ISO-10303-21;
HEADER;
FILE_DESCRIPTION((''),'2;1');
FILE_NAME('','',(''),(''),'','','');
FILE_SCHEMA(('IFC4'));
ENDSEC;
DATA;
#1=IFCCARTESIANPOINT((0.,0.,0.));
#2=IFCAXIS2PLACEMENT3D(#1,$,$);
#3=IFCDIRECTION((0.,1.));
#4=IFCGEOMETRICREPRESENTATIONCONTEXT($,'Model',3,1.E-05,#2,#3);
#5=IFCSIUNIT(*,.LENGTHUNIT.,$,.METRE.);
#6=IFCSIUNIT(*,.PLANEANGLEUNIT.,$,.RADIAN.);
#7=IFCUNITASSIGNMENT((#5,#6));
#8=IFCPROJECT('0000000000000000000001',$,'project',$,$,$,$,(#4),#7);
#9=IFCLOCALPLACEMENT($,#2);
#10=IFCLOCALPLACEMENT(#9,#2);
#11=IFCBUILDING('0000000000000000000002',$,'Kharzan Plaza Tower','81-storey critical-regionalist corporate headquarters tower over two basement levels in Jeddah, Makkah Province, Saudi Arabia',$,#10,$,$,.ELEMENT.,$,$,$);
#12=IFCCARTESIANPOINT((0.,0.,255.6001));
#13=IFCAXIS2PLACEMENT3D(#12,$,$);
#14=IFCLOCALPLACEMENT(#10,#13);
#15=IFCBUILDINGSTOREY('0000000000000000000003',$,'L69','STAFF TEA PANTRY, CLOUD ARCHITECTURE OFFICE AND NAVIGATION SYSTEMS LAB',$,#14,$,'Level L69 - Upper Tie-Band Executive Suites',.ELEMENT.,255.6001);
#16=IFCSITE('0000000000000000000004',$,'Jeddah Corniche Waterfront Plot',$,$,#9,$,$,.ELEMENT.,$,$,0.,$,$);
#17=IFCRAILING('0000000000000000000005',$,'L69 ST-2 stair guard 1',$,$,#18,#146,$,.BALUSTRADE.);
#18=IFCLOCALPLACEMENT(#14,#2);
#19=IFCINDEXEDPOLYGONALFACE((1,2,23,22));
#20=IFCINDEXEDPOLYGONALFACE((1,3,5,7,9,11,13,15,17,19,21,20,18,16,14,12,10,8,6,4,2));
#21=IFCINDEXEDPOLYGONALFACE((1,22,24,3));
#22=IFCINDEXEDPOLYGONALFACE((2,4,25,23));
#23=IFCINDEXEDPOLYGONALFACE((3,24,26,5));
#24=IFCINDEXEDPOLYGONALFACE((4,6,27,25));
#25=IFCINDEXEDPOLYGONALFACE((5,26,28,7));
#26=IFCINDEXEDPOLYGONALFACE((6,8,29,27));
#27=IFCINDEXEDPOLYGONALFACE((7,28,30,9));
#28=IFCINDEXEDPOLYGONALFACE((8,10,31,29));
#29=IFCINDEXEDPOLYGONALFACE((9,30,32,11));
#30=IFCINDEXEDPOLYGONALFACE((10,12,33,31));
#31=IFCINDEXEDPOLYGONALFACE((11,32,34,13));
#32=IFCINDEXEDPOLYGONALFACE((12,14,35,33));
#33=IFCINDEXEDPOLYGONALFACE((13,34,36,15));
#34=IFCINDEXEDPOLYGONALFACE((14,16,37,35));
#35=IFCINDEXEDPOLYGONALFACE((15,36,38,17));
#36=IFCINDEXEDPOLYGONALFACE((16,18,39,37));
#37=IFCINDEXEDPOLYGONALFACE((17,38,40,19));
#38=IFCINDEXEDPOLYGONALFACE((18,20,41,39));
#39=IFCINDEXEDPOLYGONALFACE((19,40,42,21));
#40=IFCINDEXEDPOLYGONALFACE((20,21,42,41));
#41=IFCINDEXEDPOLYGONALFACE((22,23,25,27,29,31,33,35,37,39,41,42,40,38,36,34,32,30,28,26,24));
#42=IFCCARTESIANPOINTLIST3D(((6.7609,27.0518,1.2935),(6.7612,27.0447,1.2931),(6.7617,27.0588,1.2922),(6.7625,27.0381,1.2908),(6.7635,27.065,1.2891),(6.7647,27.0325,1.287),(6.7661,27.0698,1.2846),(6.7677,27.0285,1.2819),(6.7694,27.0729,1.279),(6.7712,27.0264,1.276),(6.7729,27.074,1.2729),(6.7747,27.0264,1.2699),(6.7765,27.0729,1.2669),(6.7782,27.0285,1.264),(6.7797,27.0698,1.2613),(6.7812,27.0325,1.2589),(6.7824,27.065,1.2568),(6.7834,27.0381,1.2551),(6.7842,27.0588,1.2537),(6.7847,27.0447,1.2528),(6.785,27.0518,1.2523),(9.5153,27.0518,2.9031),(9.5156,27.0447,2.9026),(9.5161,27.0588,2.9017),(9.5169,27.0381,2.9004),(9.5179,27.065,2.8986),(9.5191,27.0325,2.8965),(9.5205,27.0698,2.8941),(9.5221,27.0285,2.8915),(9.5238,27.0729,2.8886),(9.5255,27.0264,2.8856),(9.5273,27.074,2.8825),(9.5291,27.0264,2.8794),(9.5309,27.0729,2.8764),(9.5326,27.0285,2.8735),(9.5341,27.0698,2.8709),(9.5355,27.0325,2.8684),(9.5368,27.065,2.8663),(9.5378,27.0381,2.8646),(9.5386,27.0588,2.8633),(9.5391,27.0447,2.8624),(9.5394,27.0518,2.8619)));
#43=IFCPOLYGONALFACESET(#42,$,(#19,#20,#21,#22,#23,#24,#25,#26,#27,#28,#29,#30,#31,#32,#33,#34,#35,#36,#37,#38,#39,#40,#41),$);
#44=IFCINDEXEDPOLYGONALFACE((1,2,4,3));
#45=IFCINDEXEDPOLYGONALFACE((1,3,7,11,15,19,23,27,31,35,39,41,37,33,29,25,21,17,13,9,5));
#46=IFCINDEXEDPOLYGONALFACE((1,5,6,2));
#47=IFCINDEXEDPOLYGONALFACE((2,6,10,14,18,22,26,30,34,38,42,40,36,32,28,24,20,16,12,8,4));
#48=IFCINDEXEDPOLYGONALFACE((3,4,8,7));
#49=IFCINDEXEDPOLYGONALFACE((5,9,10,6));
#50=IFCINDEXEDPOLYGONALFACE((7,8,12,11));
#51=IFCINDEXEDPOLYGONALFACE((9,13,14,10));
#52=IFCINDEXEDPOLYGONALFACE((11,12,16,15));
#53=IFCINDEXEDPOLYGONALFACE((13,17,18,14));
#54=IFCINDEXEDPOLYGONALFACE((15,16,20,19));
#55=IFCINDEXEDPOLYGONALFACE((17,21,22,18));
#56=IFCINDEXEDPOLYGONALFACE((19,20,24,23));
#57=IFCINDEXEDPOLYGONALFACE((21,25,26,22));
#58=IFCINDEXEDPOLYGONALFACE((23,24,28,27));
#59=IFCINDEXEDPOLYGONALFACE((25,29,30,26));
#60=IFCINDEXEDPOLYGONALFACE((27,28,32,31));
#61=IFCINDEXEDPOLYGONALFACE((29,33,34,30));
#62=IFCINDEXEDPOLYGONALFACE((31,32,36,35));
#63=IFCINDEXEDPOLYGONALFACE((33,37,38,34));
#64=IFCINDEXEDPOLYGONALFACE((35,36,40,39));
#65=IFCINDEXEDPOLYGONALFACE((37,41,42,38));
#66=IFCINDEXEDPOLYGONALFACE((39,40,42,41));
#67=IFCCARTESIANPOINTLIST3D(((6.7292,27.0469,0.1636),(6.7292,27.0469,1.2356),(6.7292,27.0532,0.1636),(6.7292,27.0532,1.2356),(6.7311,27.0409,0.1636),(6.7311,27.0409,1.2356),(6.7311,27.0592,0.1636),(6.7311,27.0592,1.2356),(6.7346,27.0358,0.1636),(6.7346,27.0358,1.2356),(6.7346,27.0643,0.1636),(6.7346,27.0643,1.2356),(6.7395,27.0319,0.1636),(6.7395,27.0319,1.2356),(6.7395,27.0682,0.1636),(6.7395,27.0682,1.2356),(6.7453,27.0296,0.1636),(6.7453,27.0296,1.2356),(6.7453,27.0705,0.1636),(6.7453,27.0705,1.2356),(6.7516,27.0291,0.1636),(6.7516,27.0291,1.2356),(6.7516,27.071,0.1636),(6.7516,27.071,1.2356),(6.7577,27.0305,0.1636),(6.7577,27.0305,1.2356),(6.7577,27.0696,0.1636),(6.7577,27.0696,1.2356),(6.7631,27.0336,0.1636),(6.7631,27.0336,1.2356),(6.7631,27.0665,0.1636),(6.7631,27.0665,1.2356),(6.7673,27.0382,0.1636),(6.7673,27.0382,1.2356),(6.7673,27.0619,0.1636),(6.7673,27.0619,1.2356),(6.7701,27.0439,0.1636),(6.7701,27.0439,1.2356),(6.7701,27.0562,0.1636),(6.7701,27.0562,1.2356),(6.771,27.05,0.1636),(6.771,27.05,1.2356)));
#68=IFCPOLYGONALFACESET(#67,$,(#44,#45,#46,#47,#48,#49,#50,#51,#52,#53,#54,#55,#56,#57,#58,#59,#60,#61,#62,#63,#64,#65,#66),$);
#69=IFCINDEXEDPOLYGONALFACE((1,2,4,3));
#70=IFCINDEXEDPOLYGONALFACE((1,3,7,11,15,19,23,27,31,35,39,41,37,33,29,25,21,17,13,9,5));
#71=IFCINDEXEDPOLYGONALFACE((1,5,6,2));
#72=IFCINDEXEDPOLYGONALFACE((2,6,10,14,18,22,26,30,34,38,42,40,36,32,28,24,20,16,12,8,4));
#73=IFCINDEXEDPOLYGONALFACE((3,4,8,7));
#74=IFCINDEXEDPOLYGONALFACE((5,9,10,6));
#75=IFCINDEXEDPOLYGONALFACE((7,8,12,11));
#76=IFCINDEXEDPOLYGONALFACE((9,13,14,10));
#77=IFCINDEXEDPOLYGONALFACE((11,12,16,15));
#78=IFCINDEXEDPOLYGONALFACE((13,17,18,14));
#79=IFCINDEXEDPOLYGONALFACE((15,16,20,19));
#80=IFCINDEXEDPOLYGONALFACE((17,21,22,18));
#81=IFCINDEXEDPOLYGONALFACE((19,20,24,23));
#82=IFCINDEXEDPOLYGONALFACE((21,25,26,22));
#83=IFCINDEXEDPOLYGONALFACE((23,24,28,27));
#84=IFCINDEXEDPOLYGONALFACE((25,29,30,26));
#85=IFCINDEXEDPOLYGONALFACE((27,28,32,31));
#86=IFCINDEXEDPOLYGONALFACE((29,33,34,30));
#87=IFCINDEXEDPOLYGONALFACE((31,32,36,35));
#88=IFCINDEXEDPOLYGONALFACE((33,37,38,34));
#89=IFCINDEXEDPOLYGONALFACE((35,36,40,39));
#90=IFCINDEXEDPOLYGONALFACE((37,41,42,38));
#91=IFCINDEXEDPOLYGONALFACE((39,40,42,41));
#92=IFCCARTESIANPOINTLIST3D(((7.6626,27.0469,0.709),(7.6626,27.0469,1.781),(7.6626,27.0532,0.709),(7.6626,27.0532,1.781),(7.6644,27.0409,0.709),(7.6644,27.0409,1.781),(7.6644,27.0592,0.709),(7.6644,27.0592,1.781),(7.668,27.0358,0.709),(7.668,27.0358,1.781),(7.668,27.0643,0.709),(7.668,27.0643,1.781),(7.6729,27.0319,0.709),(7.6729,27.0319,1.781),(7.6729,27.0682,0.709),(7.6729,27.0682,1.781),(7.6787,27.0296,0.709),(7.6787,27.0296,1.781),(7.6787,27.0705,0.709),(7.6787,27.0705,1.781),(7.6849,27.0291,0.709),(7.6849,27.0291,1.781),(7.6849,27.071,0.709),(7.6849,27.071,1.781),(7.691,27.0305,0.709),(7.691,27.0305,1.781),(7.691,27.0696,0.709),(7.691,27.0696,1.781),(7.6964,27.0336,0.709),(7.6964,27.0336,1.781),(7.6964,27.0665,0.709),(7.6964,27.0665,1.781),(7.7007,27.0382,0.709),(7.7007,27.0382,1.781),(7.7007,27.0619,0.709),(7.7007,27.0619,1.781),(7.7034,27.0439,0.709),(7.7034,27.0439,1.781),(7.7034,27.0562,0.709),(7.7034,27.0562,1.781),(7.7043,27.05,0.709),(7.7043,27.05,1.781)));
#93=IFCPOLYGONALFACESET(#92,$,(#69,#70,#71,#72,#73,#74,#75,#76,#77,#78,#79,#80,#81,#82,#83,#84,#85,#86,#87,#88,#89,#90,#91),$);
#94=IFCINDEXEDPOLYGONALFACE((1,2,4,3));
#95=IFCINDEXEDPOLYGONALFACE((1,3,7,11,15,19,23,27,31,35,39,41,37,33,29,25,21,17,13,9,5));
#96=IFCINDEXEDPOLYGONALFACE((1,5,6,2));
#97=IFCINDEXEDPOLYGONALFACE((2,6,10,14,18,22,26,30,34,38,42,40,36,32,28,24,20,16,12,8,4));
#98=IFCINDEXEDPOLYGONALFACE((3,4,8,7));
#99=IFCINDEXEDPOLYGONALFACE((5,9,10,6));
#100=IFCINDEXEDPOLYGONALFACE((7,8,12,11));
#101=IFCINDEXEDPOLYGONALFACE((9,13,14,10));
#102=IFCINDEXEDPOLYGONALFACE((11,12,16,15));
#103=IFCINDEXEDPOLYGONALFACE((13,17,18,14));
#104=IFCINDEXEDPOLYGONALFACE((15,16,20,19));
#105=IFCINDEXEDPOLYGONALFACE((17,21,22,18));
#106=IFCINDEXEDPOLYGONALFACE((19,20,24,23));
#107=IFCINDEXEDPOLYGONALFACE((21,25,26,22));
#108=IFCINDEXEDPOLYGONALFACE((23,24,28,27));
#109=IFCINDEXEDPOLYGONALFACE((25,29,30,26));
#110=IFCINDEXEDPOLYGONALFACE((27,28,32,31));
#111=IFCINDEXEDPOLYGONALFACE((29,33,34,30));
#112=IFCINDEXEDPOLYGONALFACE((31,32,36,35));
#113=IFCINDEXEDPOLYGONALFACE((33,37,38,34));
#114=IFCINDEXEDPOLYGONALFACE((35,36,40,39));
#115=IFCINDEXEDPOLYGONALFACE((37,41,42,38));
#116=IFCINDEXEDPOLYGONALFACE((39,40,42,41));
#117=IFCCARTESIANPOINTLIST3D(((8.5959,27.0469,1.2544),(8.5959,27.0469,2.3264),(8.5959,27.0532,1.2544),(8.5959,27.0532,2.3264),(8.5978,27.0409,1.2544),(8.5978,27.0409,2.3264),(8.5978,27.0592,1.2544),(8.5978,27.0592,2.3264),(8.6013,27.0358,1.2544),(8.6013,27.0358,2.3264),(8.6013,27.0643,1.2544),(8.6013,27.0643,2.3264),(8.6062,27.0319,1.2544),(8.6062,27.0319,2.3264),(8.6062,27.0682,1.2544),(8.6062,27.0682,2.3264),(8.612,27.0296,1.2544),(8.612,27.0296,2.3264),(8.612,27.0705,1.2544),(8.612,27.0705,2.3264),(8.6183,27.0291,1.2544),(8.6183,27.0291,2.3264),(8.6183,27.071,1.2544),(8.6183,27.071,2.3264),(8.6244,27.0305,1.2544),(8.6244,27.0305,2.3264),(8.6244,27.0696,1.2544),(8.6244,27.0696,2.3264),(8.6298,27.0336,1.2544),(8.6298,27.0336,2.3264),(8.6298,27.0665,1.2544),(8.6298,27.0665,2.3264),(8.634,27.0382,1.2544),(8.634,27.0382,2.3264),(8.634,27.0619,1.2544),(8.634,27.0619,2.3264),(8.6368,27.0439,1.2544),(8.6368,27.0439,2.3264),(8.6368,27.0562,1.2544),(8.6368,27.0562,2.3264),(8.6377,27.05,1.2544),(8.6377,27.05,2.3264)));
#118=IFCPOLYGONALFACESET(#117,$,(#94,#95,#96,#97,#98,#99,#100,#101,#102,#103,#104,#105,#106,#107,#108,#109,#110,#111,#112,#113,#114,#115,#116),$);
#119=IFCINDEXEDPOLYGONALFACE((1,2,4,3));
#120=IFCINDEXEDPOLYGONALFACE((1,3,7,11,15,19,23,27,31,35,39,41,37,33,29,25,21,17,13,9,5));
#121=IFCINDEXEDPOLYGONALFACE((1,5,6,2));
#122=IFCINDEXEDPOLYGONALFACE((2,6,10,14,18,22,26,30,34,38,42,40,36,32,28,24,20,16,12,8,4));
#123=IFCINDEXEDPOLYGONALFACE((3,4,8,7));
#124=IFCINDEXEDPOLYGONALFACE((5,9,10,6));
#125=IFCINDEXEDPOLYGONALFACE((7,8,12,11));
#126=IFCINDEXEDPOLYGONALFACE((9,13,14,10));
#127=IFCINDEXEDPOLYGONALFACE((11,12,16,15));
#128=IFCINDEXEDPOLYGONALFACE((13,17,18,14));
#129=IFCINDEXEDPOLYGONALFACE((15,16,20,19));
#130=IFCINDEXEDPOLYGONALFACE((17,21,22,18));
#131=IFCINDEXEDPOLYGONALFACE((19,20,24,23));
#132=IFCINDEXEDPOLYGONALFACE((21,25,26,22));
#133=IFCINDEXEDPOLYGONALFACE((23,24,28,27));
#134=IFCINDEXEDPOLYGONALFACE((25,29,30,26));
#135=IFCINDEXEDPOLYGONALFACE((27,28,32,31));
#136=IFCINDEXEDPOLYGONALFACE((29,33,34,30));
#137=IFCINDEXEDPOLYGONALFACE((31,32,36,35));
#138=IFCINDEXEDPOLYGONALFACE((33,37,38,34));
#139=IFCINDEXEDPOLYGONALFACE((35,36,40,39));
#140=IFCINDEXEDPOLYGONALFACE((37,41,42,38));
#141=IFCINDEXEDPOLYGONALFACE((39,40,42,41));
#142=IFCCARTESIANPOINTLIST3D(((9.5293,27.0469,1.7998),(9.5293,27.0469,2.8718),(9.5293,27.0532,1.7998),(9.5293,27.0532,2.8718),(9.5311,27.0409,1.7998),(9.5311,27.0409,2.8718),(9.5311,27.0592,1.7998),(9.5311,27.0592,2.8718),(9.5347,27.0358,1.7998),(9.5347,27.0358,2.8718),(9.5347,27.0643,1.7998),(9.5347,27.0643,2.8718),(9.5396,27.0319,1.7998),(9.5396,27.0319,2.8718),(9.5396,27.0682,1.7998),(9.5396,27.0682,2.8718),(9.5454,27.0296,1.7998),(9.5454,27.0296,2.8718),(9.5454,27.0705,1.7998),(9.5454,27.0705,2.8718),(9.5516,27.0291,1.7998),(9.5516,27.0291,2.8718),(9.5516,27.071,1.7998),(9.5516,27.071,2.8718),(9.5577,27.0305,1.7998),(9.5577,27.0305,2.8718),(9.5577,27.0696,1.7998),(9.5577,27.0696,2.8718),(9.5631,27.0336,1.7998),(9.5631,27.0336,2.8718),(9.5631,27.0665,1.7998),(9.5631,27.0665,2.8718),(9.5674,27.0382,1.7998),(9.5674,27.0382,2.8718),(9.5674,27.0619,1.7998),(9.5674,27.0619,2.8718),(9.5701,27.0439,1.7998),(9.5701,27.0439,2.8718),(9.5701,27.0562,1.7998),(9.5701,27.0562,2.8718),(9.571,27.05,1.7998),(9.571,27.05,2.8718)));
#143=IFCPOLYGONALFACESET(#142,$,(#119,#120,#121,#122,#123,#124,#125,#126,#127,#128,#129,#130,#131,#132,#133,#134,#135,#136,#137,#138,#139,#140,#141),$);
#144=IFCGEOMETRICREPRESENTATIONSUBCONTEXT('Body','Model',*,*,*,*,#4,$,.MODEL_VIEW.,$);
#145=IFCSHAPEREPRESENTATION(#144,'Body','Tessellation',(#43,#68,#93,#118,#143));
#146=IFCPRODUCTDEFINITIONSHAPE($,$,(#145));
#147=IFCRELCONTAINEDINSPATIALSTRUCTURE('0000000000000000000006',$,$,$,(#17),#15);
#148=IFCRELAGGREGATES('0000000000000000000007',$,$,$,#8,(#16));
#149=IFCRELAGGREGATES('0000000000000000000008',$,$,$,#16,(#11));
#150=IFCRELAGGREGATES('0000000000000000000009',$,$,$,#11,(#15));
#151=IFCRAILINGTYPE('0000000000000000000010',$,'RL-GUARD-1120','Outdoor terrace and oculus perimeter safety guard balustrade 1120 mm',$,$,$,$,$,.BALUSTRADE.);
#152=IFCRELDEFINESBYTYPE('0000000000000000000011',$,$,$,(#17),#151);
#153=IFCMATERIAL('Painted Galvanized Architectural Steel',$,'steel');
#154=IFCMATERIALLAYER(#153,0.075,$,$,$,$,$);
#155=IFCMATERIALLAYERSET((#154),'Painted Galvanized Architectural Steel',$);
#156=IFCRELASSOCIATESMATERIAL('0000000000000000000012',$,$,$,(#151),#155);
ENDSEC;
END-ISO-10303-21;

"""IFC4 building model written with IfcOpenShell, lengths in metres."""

from ifc_helpers import new_model, si_unit, direction, frame, origin, origin_2d, place, context, subcontext, project, spatial, circle, extrude, source, transform, mapped, material, layer, layer_set, type_object, element, save


model = new_model("IFC4")

# Units and contexts
model_context = context("Model", 3, precision=1e-05, world=origin(), true_north=direction((0.0, 1.0)))
body_context = subcontext(model_context, "Body", "Model", "MODEL_VIEW")
ifc_project = project(units=[si_unit("LENGTHUNIT", "METRE"), si_unit("PLANEANGLEUNIT", "RADIAN")], contexts=[model_context])

# Site, building, storey
site_placement = place(None, origin())
site = spatial("IfcSite", under=ifc_project, at=site_placement, Name="Jeddah Corniche Waterfront Plot", CompositionType="ELEMENT", RefElevation=0.0)
building_placement = place(site_placement, origin())
building = spatial("IfcBuilding", under=site, at=building_placement, Name="Kharzan Plaza Tower", Description="81-storey critical-regionalist corporate headquarters tower over two basement levels in Jeddah, Makkah Province, Saudi Arabia", CompositionType="ELEMENT")
storey_placement = place(building_placement, frame((0.0, 0.0, 255.6001)))
storey = spatial("IfcBuildingStorey", under=building, at=storey_placement, Name="L69", Description="STAFF TEA PANTRY, CLOUD ARCHITECTURE OFFICE AND NAVIGATION SYSTEMS LAB", LongName="Level L69 - Upper Tie-Band Executive Suites", CompositionType="ELEMENT", Elevation=255.6001)

# Railing
ifc_material_1 = material(Name="Painted Galvanized Architectural Steel", Category="steel")
ifc_layer_1 = layer(ifc_material_1, 0.075)
ifc_layer_set_1 = layer_set([ifc_layer_1], Name="Painted Galvanized Architectural Steel")
railing_type = type_object("IfcRailingType", Name="RL-GUARD-1120", Description="Outdoor terrace and oculus perimeter safety guard balustrade 1120 mm", PredefinedType="BALUSTRADE", material=ifc_layer_set_1)
shared_shape_1 = source(origin(), body_context, "Body", "SweptSolid", [
    extrude(circle(Radius=0.0239, at=origin_2d()), frame((0.0229, 0.0, 1.1094), z_axis=(0.863394, 0.0, 0.504531), x_axis=(0.0, 1.0, 0.0)), (0.0, 0.0, 1.0), 3.1902),
    extrude(circle(Radius=0.021, at=origin_2d()), origin(), (0.0, 0.0, 1.0), 1.072),
    extrude(circle(Radius=0.021, at=origin_2d()), frame((0.9333, 0.0, 0.5454)), (0.0, 0.0, 1.0), 1.072),
    extrude(circle(Radius=0.021, at=origin_2d()), frame((1.8667, 0.0, 1.0908)), (0.0, 0.0, 1.0), 1.072),
    extrude(circle(Radius=0.021, at=origin_2d()), frame((2.8, 0.0, 1.6362)), (0.0, 0.0, 1.0), 1.072),
])
railing_1_placement = place(storey_placement, frame((6.75, 27.05, 0.1636)))
element("IfcRailing", 1, at=railing_1_placement, inside=storey, type_object=railing_type, Name="L69 ST-2 stair guard 1", PredefinedType="BALUSTRADE", context=body_context, shape_type="MappedRepresentation", body=[
    mapped(shared_shape_1, transform((0.0, 0.0, 0.0), x_axis=(1.0, 0.0, 0.0), y_axis=(0.0, 1.0, 0.0), z_axis=(0.0, 0.0, 1.0))),
])

save(model, "model.ifc")
